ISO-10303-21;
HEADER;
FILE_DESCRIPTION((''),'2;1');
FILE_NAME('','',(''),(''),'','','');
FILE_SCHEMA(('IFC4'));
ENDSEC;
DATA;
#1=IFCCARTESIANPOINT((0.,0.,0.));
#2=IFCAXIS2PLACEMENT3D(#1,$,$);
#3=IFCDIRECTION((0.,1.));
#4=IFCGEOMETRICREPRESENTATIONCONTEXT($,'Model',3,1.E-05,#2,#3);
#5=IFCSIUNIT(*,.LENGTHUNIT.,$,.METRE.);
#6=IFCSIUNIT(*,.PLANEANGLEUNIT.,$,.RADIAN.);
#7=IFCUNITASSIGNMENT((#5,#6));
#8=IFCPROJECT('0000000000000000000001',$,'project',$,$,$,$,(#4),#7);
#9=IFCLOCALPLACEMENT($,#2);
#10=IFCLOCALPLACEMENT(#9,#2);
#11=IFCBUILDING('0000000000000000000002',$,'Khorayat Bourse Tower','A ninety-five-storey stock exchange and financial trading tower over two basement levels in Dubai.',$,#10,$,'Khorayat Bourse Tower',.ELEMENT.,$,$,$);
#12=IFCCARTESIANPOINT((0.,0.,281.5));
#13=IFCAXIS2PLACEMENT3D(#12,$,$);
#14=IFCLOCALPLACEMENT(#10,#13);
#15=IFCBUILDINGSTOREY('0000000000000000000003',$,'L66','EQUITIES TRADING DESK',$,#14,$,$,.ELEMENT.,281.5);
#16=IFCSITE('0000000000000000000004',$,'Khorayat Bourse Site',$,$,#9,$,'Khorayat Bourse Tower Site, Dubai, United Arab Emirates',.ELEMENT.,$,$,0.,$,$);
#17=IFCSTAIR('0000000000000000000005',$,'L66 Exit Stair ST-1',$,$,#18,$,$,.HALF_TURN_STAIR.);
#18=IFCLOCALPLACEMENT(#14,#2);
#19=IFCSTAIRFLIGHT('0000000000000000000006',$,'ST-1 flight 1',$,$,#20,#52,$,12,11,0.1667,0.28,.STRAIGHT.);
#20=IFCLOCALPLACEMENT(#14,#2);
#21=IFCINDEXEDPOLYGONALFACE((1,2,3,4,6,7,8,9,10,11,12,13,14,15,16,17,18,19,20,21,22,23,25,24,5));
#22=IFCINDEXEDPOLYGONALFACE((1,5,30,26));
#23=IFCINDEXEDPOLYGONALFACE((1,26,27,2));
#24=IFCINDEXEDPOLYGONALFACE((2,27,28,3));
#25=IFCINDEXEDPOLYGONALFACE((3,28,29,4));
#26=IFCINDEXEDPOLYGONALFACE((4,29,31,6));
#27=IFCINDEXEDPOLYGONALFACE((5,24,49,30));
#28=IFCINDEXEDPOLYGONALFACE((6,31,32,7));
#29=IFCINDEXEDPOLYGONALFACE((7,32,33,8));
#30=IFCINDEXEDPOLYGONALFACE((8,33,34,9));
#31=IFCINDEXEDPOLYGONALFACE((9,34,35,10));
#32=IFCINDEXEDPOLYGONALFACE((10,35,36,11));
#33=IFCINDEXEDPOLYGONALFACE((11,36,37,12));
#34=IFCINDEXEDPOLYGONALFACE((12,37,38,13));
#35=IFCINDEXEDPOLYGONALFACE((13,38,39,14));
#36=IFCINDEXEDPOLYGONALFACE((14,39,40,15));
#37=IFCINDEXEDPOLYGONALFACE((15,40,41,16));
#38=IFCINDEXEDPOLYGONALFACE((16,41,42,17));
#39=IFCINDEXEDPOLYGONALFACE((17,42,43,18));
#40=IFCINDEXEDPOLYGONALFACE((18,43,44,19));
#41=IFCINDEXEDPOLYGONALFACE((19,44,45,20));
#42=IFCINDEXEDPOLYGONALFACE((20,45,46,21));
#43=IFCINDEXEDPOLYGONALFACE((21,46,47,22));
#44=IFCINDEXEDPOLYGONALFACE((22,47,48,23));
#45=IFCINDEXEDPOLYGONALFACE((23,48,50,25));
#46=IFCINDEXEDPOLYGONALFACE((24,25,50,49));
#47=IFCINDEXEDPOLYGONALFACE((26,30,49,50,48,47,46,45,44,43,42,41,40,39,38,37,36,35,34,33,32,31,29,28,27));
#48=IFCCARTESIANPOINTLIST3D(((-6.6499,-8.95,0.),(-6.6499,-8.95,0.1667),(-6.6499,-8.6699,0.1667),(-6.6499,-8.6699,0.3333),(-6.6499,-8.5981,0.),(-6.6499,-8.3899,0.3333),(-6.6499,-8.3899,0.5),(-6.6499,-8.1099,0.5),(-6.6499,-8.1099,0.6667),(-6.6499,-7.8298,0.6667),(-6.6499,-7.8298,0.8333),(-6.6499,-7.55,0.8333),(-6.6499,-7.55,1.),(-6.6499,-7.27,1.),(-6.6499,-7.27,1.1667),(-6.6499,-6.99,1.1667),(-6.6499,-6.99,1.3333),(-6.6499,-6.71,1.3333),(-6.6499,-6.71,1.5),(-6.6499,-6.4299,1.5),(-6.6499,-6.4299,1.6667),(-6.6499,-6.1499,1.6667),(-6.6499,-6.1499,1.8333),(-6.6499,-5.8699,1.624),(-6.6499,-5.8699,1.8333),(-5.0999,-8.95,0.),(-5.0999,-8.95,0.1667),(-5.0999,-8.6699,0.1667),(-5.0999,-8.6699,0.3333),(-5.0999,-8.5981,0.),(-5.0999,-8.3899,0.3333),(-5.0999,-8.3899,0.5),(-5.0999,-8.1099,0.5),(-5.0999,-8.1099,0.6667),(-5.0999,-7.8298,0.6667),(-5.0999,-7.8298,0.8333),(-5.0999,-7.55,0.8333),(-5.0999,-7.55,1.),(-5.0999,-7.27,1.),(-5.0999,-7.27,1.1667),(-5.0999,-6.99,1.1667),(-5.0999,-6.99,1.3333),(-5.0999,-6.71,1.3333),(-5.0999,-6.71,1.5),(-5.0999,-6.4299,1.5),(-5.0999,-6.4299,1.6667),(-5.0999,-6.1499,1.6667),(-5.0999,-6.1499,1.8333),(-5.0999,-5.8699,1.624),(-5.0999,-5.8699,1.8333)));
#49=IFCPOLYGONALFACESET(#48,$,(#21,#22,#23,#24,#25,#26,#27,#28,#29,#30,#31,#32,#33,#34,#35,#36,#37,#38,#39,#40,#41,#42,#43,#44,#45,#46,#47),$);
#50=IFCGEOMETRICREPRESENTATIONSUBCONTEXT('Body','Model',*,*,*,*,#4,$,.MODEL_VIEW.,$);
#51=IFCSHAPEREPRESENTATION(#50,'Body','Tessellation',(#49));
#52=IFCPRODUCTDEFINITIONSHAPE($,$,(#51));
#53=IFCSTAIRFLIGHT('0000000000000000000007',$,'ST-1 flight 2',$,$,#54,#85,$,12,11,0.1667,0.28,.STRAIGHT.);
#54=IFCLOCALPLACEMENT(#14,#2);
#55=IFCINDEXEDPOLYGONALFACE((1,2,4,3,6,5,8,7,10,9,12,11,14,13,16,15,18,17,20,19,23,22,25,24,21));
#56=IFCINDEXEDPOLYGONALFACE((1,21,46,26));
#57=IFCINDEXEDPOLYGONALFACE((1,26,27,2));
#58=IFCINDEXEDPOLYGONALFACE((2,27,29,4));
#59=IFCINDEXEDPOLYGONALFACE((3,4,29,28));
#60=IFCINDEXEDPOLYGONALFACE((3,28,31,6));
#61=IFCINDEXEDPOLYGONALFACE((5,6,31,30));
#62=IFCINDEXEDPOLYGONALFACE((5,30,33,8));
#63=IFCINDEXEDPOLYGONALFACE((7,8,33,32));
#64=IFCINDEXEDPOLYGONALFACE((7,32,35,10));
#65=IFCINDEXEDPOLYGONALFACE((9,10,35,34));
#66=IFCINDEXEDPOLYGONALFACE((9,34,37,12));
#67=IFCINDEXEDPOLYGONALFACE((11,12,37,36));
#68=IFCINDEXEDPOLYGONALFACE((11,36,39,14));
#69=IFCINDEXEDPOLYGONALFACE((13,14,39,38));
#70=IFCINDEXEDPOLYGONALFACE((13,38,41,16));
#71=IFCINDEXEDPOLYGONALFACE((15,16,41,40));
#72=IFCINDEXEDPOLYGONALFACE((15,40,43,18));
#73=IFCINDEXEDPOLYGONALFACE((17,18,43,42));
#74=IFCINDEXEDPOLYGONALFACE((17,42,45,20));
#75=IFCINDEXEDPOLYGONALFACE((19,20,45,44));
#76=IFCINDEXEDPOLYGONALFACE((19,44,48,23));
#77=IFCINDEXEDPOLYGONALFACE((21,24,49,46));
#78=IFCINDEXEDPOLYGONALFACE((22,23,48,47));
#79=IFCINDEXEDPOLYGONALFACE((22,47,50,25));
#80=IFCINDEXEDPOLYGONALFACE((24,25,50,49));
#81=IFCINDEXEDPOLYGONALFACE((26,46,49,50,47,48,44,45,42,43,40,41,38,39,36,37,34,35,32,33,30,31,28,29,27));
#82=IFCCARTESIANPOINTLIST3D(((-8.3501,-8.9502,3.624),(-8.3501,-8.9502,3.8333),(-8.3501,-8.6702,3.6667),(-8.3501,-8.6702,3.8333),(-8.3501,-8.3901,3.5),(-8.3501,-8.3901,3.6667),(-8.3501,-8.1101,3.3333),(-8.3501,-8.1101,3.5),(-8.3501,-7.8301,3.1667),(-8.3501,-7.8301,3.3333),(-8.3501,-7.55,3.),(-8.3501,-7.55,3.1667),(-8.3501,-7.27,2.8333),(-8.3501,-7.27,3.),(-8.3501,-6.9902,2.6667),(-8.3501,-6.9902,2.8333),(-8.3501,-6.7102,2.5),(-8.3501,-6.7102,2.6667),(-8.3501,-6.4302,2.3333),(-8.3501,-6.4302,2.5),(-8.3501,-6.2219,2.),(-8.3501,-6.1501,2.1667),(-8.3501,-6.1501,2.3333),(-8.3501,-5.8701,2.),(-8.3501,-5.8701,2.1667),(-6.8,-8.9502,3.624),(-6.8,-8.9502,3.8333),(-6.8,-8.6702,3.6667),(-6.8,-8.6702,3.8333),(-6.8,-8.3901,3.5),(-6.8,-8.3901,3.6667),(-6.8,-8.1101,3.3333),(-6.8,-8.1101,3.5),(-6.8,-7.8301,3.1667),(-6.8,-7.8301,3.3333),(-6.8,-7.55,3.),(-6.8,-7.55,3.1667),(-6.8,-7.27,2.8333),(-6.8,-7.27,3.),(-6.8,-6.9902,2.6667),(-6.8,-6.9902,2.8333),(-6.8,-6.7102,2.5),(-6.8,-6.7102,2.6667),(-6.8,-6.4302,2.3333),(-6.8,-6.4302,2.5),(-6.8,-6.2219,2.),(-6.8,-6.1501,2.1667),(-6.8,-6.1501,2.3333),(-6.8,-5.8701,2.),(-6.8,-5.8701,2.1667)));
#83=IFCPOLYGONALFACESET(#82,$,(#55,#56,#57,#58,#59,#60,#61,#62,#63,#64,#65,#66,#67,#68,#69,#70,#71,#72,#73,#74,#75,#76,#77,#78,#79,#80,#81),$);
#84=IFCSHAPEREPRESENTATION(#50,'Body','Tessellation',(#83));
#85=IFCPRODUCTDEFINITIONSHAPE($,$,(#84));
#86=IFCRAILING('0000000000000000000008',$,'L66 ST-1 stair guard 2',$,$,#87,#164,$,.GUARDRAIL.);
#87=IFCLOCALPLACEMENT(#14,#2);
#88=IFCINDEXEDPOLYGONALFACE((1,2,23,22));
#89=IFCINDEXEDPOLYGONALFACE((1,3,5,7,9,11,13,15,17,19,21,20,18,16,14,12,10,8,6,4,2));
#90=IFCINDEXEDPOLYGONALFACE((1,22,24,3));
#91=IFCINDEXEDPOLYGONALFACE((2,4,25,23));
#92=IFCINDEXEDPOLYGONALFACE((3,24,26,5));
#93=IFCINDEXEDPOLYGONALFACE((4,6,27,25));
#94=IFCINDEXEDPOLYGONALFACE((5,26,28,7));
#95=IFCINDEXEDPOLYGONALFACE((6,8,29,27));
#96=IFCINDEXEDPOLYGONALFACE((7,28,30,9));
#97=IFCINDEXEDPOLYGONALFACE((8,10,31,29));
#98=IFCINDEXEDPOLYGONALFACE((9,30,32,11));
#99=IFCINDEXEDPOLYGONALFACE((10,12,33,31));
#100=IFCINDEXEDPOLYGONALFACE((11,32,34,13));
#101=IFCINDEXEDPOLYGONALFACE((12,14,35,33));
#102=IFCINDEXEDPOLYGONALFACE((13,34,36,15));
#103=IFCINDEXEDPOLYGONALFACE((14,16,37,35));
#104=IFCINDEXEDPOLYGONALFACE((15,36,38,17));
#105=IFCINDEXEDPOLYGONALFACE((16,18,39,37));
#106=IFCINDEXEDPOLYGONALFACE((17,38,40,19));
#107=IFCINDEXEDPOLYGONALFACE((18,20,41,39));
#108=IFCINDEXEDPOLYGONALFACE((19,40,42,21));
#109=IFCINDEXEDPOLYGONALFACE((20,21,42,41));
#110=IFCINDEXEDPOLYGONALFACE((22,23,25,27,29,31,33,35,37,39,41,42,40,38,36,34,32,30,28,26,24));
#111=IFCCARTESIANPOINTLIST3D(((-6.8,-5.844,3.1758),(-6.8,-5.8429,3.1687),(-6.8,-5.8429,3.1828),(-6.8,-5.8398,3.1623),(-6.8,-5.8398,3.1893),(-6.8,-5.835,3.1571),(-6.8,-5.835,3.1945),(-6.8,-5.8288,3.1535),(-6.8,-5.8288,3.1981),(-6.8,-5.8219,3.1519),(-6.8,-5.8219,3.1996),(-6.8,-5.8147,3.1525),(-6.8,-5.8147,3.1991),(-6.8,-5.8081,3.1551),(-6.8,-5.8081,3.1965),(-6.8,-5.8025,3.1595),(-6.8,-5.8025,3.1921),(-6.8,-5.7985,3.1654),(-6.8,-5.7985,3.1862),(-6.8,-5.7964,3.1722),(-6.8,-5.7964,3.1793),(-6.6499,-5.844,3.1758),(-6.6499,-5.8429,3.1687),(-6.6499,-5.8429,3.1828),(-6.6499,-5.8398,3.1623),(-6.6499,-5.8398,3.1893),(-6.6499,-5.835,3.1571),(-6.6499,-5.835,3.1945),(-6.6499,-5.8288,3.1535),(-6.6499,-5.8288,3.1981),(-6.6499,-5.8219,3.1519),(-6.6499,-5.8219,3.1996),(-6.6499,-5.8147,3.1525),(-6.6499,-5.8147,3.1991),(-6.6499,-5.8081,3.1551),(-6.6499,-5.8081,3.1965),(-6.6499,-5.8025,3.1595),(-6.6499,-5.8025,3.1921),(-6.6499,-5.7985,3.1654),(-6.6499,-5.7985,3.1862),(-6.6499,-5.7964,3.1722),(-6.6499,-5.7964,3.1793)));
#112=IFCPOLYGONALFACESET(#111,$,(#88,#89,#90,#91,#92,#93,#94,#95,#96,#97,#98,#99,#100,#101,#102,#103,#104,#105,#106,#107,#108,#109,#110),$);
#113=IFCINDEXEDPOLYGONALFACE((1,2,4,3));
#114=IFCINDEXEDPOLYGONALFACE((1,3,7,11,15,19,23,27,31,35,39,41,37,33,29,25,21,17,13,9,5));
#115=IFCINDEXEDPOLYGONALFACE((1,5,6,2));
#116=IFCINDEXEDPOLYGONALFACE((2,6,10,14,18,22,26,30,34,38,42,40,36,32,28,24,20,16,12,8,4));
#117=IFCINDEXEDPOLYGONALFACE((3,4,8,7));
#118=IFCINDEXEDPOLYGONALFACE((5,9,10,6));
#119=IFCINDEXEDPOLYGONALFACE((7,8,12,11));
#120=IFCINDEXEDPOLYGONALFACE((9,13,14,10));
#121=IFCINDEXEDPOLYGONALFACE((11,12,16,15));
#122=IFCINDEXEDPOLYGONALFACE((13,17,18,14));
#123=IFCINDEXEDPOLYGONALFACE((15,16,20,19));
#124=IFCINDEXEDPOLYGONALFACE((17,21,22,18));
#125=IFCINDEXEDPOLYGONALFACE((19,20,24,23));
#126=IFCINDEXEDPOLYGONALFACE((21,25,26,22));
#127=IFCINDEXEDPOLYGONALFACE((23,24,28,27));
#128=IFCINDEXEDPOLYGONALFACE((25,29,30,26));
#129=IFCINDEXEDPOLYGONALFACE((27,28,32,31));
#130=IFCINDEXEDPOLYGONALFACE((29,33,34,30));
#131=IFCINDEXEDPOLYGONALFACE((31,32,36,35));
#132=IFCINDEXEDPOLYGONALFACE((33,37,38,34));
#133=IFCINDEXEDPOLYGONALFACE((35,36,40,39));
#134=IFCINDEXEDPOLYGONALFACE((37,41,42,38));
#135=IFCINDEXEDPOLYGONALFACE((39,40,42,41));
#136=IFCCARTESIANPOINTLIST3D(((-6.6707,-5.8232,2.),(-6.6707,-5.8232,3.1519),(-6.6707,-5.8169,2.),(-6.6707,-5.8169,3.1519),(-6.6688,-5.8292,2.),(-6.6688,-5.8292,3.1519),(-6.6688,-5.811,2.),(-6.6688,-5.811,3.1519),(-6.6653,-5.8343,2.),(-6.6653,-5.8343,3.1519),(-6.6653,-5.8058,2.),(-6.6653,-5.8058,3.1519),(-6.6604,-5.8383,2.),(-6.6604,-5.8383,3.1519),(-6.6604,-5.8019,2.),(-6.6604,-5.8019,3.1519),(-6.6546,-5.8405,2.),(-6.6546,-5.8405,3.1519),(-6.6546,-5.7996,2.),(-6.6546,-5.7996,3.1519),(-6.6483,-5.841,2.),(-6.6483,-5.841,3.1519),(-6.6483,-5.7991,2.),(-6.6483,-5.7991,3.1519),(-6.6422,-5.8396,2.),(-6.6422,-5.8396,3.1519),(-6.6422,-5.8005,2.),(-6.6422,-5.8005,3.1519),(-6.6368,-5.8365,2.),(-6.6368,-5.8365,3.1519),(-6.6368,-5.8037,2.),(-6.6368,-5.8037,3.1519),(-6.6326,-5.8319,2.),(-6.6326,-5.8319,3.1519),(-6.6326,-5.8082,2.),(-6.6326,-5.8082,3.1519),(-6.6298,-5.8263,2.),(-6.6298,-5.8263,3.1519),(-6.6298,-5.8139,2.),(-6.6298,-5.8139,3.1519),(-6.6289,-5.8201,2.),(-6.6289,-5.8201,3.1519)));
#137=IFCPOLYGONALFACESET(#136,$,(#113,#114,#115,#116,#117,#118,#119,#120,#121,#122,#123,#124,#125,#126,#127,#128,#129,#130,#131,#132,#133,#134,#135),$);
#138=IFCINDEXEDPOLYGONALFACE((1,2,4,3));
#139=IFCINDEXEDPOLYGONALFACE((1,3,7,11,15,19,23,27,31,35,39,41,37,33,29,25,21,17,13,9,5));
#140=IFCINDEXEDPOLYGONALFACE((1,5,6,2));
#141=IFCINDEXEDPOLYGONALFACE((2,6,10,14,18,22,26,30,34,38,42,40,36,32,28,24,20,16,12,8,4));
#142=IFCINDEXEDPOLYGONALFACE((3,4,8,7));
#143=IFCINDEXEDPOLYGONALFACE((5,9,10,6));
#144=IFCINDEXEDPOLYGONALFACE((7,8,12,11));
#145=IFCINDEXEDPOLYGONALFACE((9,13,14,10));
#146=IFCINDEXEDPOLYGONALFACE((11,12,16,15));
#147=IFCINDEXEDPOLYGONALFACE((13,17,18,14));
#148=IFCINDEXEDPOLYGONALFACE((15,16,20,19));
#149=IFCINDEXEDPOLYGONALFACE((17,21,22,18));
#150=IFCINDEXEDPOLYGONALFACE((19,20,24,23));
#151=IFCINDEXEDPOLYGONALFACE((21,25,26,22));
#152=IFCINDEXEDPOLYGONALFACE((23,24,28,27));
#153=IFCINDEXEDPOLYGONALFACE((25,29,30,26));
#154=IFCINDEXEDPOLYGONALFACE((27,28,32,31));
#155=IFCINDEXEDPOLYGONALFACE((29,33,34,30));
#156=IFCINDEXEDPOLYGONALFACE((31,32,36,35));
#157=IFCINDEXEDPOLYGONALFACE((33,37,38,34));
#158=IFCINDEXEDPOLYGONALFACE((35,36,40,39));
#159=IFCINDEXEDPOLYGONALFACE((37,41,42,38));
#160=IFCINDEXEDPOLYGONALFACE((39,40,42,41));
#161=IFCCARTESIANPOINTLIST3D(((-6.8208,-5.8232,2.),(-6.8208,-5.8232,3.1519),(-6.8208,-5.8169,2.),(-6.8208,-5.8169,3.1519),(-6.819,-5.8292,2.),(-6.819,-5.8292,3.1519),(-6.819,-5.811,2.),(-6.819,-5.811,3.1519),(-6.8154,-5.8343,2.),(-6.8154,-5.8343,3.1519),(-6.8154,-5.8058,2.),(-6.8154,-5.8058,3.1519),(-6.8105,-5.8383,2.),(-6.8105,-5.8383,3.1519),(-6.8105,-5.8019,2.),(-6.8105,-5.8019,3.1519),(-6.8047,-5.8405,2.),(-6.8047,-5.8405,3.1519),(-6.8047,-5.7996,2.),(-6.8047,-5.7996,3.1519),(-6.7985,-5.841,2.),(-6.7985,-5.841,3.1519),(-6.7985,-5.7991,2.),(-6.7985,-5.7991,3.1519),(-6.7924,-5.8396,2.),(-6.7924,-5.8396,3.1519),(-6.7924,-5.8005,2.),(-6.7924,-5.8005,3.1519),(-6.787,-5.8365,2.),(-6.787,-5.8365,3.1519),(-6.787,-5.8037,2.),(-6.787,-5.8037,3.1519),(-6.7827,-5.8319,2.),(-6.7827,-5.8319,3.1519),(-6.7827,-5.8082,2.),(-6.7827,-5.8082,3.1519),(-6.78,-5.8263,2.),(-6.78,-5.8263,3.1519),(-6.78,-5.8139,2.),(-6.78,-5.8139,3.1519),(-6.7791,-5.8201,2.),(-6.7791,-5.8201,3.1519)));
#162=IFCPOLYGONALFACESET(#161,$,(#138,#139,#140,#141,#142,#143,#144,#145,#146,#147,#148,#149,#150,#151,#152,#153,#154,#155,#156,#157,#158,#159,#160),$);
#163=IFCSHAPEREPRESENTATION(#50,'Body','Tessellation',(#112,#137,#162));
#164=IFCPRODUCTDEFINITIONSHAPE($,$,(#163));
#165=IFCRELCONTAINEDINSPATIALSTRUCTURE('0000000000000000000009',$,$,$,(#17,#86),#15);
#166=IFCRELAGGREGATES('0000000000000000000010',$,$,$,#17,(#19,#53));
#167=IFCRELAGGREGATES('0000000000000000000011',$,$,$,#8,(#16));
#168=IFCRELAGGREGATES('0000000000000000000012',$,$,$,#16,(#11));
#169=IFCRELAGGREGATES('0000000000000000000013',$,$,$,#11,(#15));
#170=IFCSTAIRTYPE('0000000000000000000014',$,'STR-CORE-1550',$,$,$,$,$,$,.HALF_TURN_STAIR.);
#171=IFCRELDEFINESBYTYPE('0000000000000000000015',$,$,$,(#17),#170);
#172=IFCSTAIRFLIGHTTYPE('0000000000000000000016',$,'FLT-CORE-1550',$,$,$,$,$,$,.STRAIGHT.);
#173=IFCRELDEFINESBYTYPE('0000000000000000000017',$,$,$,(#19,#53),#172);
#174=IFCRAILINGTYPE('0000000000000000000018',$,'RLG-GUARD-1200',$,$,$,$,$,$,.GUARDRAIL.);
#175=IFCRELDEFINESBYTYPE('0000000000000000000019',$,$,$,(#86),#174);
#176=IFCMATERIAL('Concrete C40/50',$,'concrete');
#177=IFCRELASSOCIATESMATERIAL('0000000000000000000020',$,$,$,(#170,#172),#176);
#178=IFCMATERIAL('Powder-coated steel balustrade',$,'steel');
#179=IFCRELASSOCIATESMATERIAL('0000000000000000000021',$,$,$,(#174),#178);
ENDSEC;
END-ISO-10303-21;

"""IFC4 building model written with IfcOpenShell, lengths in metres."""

from ifc_helpers import new_model, si_unit, direction, frame, origin, origin_2d, place, context, subcontext, project, spatial, polyline, circle, outline, extrude, source, transform, mapped, material, type_object, element, aggregate, save


model = new_model("IFC4")

# Units and contexts
model_context = context("Model", 3, precision=1e-05, world=origin(), true_north=direction((0.0, 1.0)))
body_context = subcontext(model_context, "Body", "Model", "MODEL_VIEW")
ifc_project = project(units=[si_unit("LENGTHUNIT", "METRE"), si_unit("PLANEANGLEUNIT", "RADIAN")], contexts=[model_context])

# Site, building, storey
site_placement = place(None, origin())
site = spatial("IfcSite", under=ifc_project, at=site_placement, Name="Khorayat Bourse Site", LongName="Khorayat Bourse Tower Site, Dubai, United Arab Emirates", CompositionType="ELEMENT", RefElevation=0.0)
building_placement = place(site_placement, origin())
building = spatial("IfcBuilding", under=site, at=building_placement, Name="Khorayat Bourse Tower", Description="A ninety-five-storey stock exchange and financial trading tower over two basement levels in Dubai.", LongName="Khorayat Bourse Tower", CompositionType="ELEMENT")
storey_placement = place(building_placement, frame((0.0, 0.0, 281.5)))
storey = spatial("IfcBuildingStorey", under=building, at=storey_placement, Name="L66", Description="EQUITIES TRADING DESK", CompositionType="ELEMENT", Elevation=281.5)

# Stair, stair flights
ifc_material_1 = material(Name="Concrete C40/50", Category="concrete")
stair_type = type_object("IfcStairType", Name="STR-CORE-1550", PredefinedType="HALF_TURN_STAIR", material=ifc_material_1)
stair_placement = place(storey_placement, origin())
stair = element("IfcStair", 1, at=stair_placement, inside=storey, type_object=stair_type, Name="L66 Exit Stair ST-1", PredefinedType="HALF_TURN_STAIR")
stair_flight_type = type_object("IfcStairFlightType", Name="FLT-CORE-1550", PredefinedType="STRAIGHT", material=ifc_material_1)
shared_shape_1 = source(origin(), body_context, "Body", "SweptSolid", [
    extrude(outline(polyline([(0.0, 0.0), (0.0, 0.1667), (0.28, 0.1667), (0.28, 0.3333), (0.5601, 0.3333), (0.5601, 0.5), (0.8401, 0.5), (0.8401, 0.6667), (1.1201, 0.6667), (1.1201, 0.8333), (1.3999, 0.8333), (1.3999, 1.0), (1.6799, 1.0), (1.6799, 1.1667), (1.96, 1.1667), (1.96, 1.3333), (2.24, 1.3333), (2.24, 1.5), (2.52, 1.5), (2.52, 1.6667), (2.8, 1.6667), (2.8, 1.8333), (3.0801, 1.8333), (3.0801, 2.0), (3.0801, 1.624), (0.3518, 0.0), (0.0, 0.0)])), frame((0.0, 0.7749, 0.0), z_axis=(0.0, -1.0, 0.0), x_axis=(1.0, 0.0, 0.0)), (0.0, 0.0, 1.0), 1.55),
])
stair_flight_1_placement = place(storey_placement, frame((-5.875, -8.95, 0.0), z_axis=(0.0, 0.0, 1.0), x_axis=(0.0, 1.0, 0.0)))
stair_flight_1 = element("IfcStairFlight", 2, at=stair_flight_1_placement, type_object=stair_flight_type, Name="ST-1 flight 1", NumberOfRisers=12, NumberOfTreads=11, PredefinedType="STRAIGHT", RiserHeight=0.1667, TreadLength=0.28, context=body_context, shape_type="MappedRepresentation", body=[
    mapped(shared_shape_1, transform((0.0, 0.0, 0.0), scale=1.0)),
])
stair_flight_2_placement = place(storey_placement, frame((-7.575, -5.8701, 2.0), z_axis=(0.0, 0.0, 1.0), x_axis=(0.0, -1.0, 0.0)))
stair_flight_2 = element("IfcStairFlight", 3, at=stair_flight_2_placement, type_object=stair_flight_type, Name="ST-1 flight 2", NumberOfRisers=12, NumberOfTreads=11, PredefinedType="STRAIGHT", RiserHeight=0.1667, TreadLength=0.28, context=body_context, shape_type="MappedRepresentation", body=[
    mapped(shared_shape_1, transform((0.0, 0.0, 0.0), scale=1.0)),
])
aggregate(stair, [stair_flight_1, stair_flight_2])

# Railing
ifc_material_2 = material(Name="Powder-coated steel balustrade", Category="steel")
railing_type_1 = type_object("IfcRailingType", Name="RLG-GUARD-1200", PredefinedType="GUARDRAIL", material=ifc_material_2)
shared_shape_2 = source(origin(), body_context, "Body", "SweptSolid", [
    extrude(circle(Radius=0.0239, at=origin_2d()), frame((0.0, 0.0, 1.1758), z_axis=(-1.0, 0.0, 0.0), x_axis=(0.0, -1.0, 0.0)), (0.0, 0.0, 1.0), 0.1501),
    extrude(circle(Radius=0.021, at=origin_2d()), origin(), (0.0, 0.0, 1.0), 1.1519),
    extrude(circle(Radius=0.021, at=origin_2d()), frame((-0.1501, 0.0, 0.0)), (0.0, 0.0, 1.0), 1.1519),
])
for number, where, name in (
    (4, (-6.6499, -5.8201, 2.0), "L66 ST-1 stair guard 2"),
):
    element("IfcRailing", number, at=place(storey_placement, frame(where)), inside=storey, type_object=railing_type_1, Name=name, PredefinedType="GUARDRAIL", context=body_context, shape_type="MappedRepresentation", body=[
        mapped(shared_shape_2, transform((0.0, 0.0, 0.0), scale=1.0)),
    ])

save(model, "model.ifc")
